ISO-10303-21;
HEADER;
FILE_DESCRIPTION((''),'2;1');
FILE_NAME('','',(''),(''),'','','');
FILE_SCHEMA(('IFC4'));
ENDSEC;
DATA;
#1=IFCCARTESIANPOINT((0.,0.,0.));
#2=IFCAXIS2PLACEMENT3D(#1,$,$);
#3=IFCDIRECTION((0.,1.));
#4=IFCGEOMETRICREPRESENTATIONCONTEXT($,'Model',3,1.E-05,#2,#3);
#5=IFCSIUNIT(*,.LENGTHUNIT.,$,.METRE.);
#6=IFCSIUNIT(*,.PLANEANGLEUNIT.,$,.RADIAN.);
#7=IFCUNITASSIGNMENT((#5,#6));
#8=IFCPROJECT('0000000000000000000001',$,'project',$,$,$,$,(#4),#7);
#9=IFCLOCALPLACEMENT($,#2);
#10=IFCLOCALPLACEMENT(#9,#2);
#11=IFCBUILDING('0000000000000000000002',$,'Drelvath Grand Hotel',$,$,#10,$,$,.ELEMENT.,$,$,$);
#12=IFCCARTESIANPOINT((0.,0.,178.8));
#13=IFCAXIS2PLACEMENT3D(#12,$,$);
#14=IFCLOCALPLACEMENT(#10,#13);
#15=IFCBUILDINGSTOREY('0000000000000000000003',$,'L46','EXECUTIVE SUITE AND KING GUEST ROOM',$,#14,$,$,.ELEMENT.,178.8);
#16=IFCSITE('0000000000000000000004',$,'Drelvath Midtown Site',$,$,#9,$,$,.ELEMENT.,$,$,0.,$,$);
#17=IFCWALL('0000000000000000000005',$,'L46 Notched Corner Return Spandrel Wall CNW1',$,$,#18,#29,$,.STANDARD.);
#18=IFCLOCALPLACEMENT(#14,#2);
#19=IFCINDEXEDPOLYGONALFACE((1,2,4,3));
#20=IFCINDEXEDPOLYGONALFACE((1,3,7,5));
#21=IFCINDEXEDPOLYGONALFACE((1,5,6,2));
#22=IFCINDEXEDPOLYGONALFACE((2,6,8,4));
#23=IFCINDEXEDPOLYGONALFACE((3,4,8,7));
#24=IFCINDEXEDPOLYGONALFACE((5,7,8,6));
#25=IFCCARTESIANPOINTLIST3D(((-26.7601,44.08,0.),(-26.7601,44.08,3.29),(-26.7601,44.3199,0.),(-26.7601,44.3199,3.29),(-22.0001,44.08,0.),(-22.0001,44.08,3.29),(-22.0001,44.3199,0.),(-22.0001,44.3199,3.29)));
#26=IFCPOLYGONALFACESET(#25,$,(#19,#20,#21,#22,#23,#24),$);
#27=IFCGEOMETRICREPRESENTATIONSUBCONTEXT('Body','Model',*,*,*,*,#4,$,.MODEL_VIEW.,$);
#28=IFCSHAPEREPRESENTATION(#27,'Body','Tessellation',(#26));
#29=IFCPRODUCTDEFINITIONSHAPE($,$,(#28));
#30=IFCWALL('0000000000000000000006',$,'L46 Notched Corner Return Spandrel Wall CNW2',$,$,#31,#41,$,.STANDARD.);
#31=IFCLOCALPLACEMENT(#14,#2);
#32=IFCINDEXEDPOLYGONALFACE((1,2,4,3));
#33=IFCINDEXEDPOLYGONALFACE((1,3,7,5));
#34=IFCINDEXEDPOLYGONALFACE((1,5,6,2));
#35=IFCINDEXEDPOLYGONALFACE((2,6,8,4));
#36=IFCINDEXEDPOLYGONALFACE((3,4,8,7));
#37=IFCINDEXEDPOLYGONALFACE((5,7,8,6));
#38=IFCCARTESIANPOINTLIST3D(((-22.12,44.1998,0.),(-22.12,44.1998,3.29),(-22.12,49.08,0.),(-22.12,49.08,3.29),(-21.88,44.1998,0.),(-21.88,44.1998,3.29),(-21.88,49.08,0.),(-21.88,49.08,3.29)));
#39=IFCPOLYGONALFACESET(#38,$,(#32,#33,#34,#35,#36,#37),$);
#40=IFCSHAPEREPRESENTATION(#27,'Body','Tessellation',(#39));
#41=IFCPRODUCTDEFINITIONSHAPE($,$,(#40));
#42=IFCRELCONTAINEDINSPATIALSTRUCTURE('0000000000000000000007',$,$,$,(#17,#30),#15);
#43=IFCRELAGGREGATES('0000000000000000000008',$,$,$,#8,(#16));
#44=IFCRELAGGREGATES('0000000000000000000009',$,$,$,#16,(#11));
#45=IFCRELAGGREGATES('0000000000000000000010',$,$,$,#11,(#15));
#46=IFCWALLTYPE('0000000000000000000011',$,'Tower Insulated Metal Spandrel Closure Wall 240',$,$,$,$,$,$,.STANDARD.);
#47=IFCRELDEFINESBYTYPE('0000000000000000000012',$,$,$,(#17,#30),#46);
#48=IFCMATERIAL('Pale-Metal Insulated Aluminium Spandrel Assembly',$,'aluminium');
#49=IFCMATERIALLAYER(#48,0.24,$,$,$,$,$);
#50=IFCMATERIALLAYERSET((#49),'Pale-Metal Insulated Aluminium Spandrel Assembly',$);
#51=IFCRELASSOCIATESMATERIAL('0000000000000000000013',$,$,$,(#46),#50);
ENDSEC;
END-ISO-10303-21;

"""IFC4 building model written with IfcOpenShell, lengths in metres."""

from ifc_helpers import new_model, si_unit, direction, frame, frame_2d, origin, place, context, subcontext, project, spatial, rectangle, extrude, material, layer, layer_set, type_object, element, save


model = new_model("IFC4")

# Units and contexts
model_context = context("Model", 3, precision=1e-05, world=origin(), true_north=direction((0.0, 1.0)))
body_context = subcontext(model_context, "Body", "Model", "MODEL_VIEW")
ifc_project = project(units=[si_unit("LENGTHUNIT", "METRE"), si_unit("PLANEANGLEUNIT", "RADIAN")], contexts=[model_context])

# Site, building, storey
site_placement = place(None, origin())
site = spatial("IfcSite", under=ifc_project, at=site_placement, Name="Drelvath Midtown Site", CompositionType="ELEMENT", RefElevation=0.0)
building_placement = place(site_placement, origin())
building = spatial("IfcBuilding", under=site, at=building_placement, Name="Drelvath Grand Hotel", CompositionType="ELEMENT")
storey_placement = place(building_placement, frame((0.0, 0.0, 178.8)))
storey = spatial("IfcBuildingStorey", under=building, at=storey_placement, Name="L46", Description="EXECUTIVE SUITE AND KING GUEST ROOM", CompositionType="ELEMENT", Elevation=178.8)

# Walls
ifc_material_1 = material(Name="Pale-Metal Insulated Aluminium Spandrel Assembly", Category="aluminium")
ifc_layer_1 = layer(ifc_material_1, 0.24)
ifc_layer_set_1 = layer_set([ifc_layer_1], Name="Pale-Metal Insulated Aluminium Spandrel Assembly")
wall_type_1 = type_object("IfcWallType", Name="Tower Insulated Metal Spandrel Closure Wall 240", PredefinedType="STANDARD", material=ifc_layer_set_1)
wall_1_placement = place(storey_placement, frame((-26.76, 44.2, 0.0), z_axis=(0.0, 0.0, 1.0), x_axis=(1.0, 0.0, 0.0)))
element("IfcWall", 1, at=wall_1_placement, inside=storey, type_object=wall_type_1, Name="L46 Notched Corner Return Spandrel Wall CNW1", PredefinedType="STANDARD", context=body_context, shape_type="SweptSolid", body=[
    extrude(rectangle(XDim=4.76, YDim=0.24, at=frame_2d((2.3799, 0.0))), origin(), (0.0, 0.0, 1.0), 3.29),
])
wall_2_placement = place(storey_placement, frame((-22.0, 44.2, 0.0), z_axis=(0.0, 0.0, 1.0), x_axis=(0.0, 1.0, 0.0)))
element("IfcWall", 2, at=wall_2_placement, inside=storey, type_object=wall_type_1, Name="L46 Notched Corner Return Spandrel Wall CNW2", PredefinedType="STANDARD", context=body_context, shape_type="SweptSolid", body=[
    extrude(rectangle(XDim=4.8801, YDim=0.24, at=frame_2d((2.4399, 0.0))), origin(), (0.0, 0.0, 1.0), 3.29),
])

save(model, "model.ifc")
